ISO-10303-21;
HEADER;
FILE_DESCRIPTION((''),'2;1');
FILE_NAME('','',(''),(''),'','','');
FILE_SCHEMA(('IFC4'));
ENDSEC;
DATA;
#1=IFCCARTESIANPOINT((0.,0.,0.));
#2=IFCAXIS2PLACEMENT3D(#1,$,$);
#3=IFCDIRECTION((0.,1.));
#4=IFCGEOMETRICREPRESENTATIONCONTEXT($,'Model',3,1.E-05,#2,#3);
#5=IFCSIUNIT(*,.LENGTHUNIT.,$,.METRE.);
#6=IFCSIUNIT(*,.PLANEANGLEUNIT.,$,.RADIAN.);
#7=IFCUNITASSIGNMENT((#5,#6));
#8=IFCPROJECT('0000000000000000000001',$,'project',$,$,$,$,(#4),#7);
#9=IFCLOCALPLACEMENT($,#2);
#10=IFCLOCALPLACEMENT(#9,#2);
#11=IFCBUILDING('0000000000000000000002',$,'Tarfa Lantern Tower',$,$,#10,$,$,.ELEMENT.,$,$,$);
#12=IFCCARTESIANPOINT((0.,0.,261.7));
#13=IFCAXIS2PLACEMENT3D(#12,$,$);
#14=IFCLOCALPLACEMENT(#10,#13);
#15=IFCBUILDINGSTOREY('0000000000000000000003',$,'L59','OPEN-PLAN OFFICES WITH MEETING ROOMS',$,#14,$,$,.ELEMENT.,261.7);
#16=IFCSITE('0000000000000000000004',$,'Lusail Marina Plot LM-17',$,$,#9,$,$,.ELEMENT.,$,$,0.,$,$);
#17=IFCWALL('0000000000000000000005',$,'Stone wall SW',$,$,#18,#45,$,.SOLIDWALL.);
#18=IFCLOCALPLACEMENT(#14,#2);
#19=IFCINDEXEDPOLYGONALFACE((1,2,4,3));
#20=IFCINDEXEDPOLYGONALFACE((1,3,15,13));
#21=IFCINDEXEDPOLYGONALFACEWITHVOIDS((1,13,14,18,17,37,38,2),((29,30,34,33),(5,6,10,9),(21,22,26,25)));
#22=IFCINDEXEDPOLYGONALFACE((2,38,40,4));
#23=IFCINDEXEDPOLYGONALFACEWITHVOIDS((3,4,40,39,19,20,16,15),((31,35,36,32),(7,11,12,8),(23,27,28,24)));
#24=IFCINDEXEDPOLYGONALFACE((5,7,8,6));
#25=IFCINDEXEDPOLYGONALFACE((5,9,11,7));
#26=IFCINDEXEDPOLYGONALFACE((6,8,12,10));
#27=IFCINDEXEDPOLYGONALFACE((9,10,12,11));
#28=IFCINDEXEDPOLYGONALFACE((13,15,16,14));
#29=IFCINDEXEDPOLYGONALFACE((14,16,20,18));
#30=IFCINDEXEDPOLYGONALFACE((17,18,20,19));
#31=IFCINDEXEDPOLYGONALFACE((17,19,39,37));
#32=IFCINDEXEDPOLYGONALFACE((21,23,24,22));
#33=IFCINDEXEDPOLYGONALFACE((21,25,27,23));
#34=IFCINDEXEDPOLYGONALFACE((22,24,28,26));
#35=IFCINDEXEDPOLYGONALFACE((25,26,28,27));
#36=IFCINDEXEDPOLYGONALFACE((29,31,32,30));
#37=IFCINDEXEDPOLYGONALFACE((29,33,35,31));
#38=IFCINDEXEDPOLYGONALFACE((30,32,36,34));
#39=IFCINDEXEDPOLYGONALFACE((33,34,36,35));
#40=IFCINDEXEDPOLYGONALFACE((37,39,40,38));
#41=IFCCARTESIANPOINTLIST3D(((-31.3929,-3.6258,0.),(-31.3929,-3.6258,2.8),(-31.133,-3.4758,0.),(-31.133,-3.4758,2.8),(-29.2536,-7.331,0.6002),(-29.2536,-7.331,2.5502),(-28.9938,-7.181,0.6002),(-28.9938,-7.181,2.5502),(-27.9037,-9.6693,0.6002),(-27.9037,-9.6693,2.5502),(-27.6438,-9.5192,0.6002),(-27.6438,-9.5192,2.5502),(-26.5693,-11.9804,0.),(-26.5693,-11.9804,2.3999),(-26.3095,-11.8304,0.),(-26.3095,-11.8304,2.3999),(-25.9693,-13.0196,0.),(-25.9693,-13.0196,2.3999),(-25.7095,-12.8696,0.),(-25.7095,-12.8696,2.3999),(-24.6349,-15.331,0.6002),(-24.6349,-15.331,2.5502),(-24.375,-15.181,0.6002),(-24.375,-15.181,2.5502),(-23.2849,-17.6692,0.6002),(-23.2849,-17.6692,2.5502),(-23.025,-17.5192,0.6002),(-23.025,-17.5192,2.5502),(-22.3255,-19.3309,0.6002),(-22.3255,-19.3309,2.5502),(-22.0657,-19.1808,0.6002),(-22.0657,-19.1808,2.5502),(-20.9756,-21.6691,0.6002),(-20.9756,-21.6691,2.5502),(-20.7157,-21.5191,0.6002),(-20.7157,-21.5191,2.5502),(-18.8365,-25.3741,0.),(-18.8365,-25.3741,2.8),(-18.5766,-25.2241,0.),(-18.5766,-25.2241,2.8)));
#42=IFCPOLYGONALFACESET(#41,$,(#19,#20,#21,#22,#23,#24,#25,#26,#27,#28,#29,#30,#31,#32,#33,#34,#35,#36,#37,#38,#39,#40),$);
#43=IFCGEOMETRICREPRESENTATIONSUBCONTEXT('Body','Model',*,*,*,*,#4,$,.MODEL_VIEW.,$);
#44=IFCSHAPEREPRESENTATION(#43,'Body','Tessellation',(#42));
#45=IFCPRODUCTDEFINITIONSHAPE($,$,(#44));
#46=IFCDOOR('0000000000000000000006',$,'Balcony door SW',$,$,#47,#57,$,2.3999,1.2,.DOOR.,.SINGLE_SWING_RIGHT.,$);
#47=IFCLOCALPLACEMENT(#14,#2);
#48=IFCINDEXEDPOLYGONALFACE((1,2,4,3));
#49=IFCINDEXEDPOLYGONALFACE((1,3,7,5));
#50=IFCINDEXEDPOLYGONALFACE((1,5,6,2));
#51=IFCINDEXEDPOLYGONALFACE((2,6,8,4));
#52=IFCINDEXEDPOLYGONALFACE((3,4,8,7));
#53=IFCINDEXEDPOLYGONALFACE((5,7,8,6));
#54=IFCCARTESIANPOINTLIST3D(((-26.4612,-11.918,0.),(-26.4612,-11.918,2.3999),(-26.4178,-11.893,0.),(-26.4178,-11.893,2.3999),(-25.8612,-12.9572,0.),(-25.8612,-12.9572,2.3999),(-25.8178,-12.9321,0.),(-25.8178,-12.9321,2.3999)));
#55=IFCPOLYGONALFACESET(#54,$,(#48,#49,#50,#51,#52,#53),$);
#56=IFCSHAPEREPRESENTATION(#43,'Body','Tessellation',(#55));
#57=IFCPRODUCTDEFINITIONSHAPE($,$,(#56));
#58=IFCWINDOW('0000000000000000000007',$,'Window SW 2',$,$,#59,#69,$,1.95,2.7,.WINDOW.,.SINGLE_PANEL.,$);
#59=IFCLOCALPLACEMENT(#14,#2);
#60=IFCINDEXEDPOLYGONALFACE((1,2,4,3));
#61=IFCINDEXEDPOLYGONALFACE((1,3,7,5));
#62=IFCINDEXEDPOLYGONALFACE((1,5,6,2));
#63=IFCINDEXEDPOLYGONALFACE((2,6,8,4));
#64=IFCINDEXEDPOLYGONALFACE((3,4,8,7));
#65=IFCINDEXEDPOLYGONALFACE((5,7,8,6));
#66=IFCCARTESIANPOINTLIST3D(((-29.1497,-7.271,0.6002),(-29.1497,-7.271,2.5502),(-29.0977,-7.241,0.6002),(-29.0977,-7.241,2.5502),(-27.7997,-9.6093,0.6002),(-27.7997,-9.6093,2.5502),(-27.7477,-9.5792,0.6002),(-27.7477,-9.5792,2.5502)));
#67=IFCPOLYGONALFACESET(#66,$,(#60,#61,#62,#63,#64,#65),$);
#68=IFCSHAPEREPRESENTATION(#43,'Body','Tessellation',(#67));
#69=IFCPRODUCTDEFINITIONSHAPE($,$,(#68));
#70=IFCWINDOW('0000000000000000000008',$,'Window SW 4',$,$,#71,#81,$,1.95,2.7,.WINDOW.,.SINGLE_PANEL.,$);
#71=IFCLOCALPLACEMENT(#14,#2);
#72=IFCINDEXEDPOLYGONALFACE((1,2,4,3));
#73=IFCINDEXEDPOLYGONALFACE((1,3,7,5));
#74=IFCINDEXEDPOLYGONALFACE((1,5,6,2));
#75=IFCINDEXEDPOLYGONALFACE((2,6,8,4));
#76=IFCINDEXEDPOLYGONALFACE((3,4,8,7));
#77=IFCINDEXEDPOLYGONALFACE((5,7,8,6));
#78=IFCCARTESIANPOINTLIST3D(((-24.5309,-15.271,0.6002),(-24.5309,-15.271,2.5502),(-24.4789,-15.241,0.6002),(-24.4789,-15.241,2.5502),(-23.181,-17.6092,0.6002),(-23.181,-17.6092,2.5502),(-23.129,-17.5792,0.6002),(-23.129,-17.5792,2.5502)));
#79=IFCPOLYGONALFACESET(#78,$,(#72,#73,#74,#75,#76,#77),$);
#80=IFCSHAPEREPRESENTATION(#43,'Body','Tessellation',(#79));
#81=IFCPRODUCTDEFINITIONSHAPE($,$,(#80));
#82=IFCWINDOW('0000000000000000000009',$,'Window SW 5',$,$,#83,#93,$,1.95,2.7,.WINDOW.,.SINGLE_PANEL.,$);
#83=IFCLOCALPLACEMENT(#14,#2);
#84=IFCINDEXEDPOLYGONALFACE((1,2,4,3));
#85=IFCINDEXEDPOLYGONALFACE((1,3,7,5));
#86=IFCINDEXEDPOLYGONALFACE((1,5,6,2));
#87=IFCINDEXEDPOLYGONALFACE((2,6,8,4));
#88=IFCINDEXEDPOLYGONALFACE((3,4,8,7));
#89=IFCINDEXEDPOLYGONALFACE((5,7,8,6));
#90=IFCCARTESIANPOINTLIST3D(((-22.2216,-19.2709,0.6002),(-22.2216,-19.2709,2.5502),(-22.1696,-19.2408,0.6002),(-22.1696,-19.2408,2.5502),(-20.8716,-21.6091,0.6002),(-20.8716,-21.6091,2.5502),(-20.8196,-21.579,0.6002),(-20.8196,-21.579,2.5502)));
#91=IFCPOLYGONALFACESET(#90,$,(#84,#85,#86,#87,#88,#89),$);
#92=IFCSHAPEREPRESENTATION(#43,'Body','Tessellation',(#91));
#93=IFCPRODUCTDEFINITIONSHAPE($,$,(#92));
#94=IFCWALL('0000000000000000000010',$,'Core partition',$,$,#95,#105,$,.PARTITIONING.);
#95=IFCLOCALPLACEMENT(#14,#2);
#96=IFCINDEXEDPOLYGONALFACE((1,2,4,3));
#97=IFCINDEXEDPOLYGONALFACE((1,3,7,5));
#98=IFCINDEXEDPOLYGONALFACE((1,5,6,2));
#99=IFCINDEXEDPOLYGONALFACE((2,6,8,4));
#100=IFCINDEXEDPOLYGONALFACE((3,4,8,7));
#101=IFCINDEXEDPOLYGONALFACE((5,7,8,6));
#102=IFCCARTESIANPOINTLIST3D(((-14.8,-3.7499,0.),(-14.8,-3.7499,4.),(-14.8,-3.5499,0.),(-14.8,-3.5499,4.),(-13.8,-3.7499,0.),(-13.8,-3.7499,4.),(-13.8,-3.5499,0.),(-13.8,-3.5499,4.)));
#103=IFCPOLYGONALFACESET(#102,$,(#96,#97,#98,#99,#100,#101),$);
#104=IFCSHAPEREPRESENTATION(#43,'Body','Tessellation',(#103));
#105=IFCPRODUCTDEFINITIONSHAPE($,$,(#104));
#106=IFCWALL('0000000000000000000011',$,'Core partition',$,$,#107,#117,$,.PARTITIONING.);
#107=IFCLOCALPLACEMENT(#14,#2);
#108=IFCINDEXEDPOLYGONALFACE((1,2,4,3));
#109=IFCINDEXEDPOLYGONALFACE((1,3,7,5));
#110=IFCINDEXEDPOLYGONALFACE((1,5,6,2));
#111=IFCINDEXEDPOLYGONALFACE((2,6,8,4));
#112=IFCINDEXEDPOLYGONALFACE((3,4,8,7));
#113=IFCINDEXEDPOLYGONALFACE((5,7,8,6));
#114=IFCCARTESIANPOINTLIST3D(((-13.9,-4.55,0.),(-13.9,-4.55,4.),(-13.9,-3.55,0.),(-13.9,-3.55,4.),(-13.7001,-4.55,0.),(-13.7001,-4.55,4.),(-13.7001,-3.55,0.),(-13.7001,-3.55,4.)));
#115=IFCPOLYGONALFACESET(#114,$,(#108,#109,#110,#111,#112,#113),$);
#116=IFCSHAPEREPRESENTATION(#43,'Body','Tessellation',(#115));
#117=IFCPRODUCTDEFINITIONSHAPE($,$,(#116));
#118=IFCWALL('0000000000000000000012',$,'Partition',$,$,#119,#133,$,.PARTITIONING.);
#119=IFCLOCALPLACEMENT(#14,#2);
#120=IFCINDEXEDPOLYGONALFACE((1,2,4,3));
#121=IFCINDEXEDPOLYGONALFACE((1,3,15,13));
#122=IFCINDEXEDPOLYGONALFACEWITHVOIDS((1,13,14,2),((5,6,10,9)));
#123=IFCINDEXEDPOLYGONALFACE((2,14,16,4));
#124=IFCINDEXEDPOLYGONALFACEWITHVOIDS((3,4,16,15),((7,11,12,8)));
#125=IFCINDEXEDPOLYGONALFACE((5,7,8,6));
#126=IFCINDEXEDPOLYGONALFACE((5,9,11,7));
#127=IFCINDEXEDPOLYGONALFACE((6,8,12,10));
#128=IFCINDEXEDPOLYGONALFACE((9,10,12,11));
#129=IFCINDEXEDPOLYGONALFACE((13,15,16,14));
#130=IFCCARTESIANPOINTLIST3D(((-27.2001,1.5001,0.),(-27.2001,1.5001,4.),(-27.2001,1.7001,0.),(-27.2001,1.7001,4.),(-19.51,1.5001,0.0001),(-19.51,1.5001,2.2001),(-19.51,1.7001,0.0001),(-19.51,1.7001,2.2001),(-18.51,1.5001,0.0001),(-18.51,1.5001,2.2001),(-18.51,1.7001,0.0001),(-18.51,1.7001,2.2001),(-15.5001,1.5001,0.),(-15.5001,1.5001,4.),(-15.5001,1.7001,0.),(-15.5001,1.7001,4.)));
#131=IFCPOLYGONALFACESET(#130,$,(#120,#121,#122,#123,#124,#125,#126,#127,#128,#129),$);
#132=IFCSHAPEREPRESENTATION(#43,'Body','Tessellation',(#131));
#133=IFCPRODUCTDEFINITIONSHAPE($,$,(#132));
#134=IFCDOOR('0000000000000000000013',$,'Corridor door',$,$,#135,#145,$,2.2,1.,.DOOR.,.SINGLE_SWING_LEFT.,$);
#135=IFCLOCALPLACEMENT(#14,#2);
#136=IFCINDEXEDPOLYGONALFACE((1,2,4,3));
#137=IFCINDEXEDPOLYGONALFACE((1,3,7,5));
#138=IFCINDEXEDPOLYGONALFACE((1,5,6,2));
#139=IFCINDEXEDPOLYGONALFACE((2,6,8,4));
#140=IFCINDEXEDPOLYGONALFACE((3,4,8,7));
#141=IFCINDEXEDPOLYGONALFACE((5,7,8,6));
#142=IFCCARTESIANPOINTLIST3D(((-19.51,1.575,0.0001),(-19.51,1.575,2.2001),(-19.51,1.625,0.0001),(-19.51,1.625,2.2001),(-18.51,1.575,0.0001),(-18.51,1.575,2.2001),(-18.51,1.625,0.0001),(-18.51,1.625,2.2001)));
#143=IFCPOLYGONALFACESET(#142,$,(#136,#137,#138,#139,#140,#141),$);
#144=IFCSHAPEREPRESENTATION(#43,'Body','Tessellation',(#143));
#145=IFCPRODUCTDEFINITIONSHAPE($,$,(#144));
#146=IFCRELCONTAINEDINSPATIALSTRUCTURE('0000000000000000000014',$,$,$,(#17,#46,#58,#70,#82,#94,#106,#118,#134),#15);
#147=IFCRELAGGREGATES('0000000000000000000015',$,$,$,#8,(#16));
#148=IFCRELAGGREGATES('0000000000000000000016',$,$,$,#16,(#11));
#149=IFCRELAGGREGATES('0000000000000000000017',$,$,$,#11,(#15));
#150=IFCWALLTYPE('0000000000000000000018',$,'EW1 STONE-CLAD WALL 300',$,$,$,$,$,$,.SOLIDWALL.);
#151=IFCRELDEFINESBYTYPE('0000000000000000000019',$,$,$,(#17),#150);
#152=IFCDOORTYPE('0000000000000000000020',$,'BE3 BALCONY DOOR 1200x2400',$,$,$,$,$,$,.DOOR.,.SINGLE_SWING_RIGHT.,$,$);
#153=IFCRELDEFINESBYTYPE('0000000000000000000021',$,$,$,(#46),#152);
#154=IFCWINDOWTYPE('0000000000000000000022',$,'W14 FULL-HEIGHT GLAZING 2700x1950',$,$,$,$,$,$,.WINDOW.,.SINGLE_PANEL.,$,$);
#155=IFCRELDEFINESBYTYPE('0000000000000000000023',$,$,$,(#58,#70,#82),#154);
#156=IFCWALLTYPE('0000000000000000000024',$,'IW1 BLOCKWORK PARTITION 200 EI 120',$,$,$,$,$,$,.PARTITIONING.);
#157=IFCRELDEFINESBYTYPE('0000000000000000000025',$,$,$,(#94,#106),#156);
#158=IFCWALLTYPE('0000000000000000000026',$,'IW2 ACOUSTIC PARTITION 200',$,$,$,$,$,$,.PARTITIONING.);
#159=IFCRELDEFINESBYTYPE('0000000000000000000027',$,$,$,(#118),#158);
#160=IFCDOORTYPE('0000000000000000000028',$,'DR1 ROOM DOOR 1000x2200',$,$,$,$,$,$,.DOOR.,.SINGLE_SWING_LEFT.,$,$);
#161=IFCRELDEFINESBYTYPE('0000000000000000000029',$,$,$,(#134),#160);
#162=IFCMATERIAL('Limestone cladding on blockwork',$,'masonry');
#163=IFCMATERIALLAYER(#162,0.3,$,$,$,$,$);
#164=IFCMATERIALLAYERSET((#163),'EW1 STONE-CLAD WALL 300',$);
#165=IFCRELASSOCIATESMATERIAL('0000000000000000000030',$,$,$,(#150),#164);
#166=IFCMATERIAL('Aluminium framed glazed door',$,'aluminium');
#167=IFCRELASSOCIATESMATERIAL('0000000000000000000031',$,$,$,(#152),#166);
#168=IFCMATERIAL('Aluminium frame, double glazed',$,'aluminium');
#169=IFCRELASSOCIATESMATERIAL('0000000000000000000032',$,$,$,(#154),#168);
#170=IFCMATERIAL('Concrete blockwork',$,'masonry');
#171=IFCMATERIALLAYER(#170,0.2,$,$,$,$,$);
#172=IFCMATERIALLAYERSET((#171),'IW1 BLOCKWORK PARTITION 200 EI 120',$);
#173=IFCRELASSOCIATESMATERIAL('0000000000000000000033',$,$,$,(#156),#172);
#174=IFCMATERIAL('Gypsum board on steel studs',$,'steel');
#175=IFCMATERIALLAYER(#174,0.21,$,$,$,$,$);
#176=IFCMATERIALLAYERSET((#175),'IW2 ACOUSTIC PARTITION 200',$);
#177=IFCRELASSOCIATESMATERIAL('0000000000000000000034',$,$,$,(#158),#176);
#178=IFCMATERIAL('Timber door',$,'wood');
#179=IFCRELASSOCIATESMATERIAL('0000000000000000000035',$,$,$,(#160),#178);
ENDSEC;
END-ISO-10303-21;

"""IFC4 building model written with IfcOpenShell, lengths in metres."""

from ifc_helpers import new_model, si_unit, direction, frame, frame_2d, origin, place, context, subcontext, project, spatial, rectangle, extrude, material, layer, layer_set, type_object, element, fill, save


model = new_model("IFC4")

# Units and contexts
model_context = context("Model", 3, precision=1e-05, world=origin(), true_north=direction((0.0, 1.0)))
body_context = subcontext(model_context, "Body", "Model", "MODEL_VIEW")
ifc_project = project(units=[si_unit("LENGTHUNIT", "METRE"), si_unit("PLANEANGLEUNIT", "RADIAN")], contexts=[model_context])

# Site, building, storey
site_placement = place(None, origin())
site = spatial("IfcSite", under=ifc_project, at=site_placement, Name="Lusail Marina Plot LM-17", CompositionType="ELEMENT", RefElevation=0.0)
building_placement = place(site_placement, origin())
building = spatial("IfcBuilding", under=site, at=building_placement, Name="Tarfa Lantern Tower", CompositionType="ELEMENT")
storey_placement = place(building_placement, frame((0.0, 0.0, 261.7)))
storey = spatial("IfcBuildingStorey", under=building, at=storey_placement, Name="L59", Description="OPEN-PLAN OFFICES WITH MEETING ROOMS", CompositionType="ELEMENT", Elevation=261.7)

# Wall, openings, door, windows
ifc_material_1 = material(Name="Limestone cladding on blockwork", Category="masonry")
ifc_layer_1 = layer(ifc_material_1, 0.3)
ifc_layer_set_1 = layer_set([ifc_layer_1], Name="EW1 STONE-CLAD WALL 300")
wall_type_1 = type_object("IfcWallType", Name="EW1 STONE-CLAD WALL 300", PredefinedType="SOLIDWALL", material=ifc_layer_set_1)
wall_1_placement = place(storey_placement, frame((-31.2629, -3.5508, 0.0), z_axis=(0.0, 0.0, 1.0), x_axis=(0.5, -0.866025, 0.0)))
wall_1 = element("IfcWall", 1, at=wall_1_placement, inside=storey, type_object=wall_type_1, Name="Stone wall SW", PredefinedType="SOLIDWALL", context=body_context, shape_type="SweptSolid", body=[
    extrude(rectangle(XDim=25.1128, YDim=0.3, at=frame_2d((12.5564, 0.0))), origin(), (0.0, 0.0, 1.0), 2.8),
])
opening_1_placement = place(wall_1_placement, frame((4.2783, 0.0, 0.6001)))
opening_1 = element("IfcOpeningElement", 2, at=opening_1_placement, cuts=wall_1, PredefinedType="OPENING", context=body_context, shape_type="SweptSolid", body=[
    extrude(rectangle(XDim=2.7, YDim=1.95, at=frame_2d((1.3501, 0.9751))), frame((0.0, 0.1599, 0.0), z_axis=(0.0, -1.0, 0.0), x_axis=(1.0, 0.0, 0.0)), (0.0, 0.0, 1.0), 0.3201),
])
opening_2_placement = place(wall_1_placement, frame((9.647, 0.0, 0.0)))
opening_2 = element("IfcOpeningElement", 3, at=opening_2_placement, cuts=wall_1, PredefinedType="OPENING", context=body_context, shape_type="SweptSolid", body=[
    extrude(rectangle(XDim=1.2, YDim=2.3999, at=frame_2d((0.6001, 1.2))), frame((0.0, 0.1599, 0.0), z_axis=(0.0, -1.0, 0.0), x_axis=(1.0, 0.0, 0.0)), (0.0, 0.0, 1.0), 0.3201),
])
opening_3_placement = place(wall_1_placement, frame((13.5159, 0.0, 0.6001)))
opening_3 = element("IfcOpeningElement", 4, at=opening_3_placement, cuts=wall_1, PredefinedType="OPENING", context=body_context, shape_type="SweptSolid", body=[
    extrude(rectangle(XDim=2.7, YDim=1.95, at=frame_2d((1.3501, 0.9751))), frame((0.0, 0.1599, 0.0), z_axis=(0.0, -1.0, 0.0), x_axis=(1.0, 0.0, 0.0)), (0.0, 0.0, 1.0), 0.3201),
])
opening_4_placement = place(wall_1_placement, frame((18.1345, 0.0, 0.6001)))
opening_4 = element("IfcOpeningElement", 5, at=opening_4_placement, cuts=wall_1, PredefinedType="OPENING", context=body_context, shape_type="SweptSolid", body=[
    extrude(rectangle(XDim=2.7, YDim=1.95, at=frame_2d((1.3501, 0.9751))), frame((0.0, 0.1599, 0.0), z_axis=(0.0, -1.0, 0.0), x_axis=(1.0, 0.0, 0.0)), (0.0, 0.0, 1.0), 0.3201),
])
ifc_material_2 = material(Name="Aluminium framed glazed door", Category="aluminium")
door_type_1 = type_object("IfcDoorType", Name="BE3 BALCONY DOOR 1200x2400", OperationType="SINGLE_SWING_RIGHT", PredefinedType="DOOR", material=ifc_material_2)
door_1_placement = place(opening_2_placement, origin())
door_1 = element("IfcDoor", 6, at=door_1_placement, inside=storey, type_object=door_type_1, Name="Balcony door SW", OperationType="SINGLE_SWING_RIGHT", OverallHeight=2.3999, OverallWidth=1.2, PredefinedType="DOOR", context=body_context, shape_type="SweptSolid", body=[
    extrude(rectangle(XDim=1.2, YDim=2.3999, at=frame_2d((0.6001, 1.2))), frame((0.0, 0.0249, 0.0), z_axis=(0.0, -1.0, 0.0), x_axis=(1.0, 0.0, 0.0)), (0.0, 0.0, 1.0), 0.05),
])
fill(opening_2, door_1)
ifc_material_3 = material(Name="Aluminium frame, double glazed", Category="aluminium")
window_type = type_object("IfcWindowType", Name="W14 FULL-HEIGHT GLAZING 2700x1950", PartitioningType="SINGLE_PANEL", PredefinedType="WINDOW", material=ifc_material_3)
window_1_placement = place(opening_1_placement, origin())
window_1 = element("IfcWindow", 7, at=window_1_placement, inside=storey, type_object=window_type, Name="Window SW 2", OverallHeight=1.95, OverallWidth=2.7, PartitioningType="SINGLE_PANEL", PredefinedType="WINDOW", context=body_context, shape_type="SweptSolid", body=[
    extrude(rectangle(XDim=2.7, YDim=1.95, at=frame_2d((1.3501, 0.9751))), frame((0.0, 0.03, 0.0), z_axis=(0.0, -1.0, 0.0), x_axis=(1.0, 0.0, 0.0)), (0.0, 0.0, 1.0), 0.0601),
])
fill(opening_1, window_1)
window_2_placement = place(opening_3_placement, origin())
window_2 = element("IfcWindow", 8, at=window_2_placement, inside=storey, type_object=window_type, Name="Window SW 4", OverallHeight=1.95, OverallWidth=2.7, PartitioningType="SINGLE_PANEL", PredefinedType="WINDOW", context=body_context, shape_type="SweptSolid", body=[
    extrude(rectangle(XDim=2.7, YDim=1.95, at=frame_2d((1.3501, 0.9751))), frame((0.0, 0.03, 0.0), z_axis=(0.0, -1.0, 0.0), x_axis=(1.0, 0.0, 0.0)), (0.0, 0.0, 1.0), 0.0601),
])
fill(opening_3, window_2)
window_3_placement = place(opening_4_placement, origin())
window_3 = element("IfcWindow", 9, at=window_3_placement, inside=storey, type_object=window_type, Name="Window SW 5", OverallHeight=1.95, OverallWidth=2.7, PartitioningType="SINGLE_PANEL", PredefinedType="WINDOW", context=body_context, shape_type="SweptSolid", body=[
    extrude(rectangle(XDim=2.7, YDim=1.95, at=frame_2d((1.3501, 0.9751))), frame((0.0, 0.03, 0.0), z_axis=(0.0, -1.0, 0.0), x_axis=(1.0, 0.0, 0.0)), (0.0, 0.0, 1.0), 0.0601),
])
fill(opening_4, window_3)

# Walls
ifc_material_4 = material(Name="Concrete blockwork", Category="masonry")
ifc_layer_2 = layer(ifc_material_4, 0.2)
ifc_layer_set_2 = layer_set([ifc_layer_2], Name="IW1 BLOCKWORK PARTITION 200 EI 120")
wall_type_2 = type_object("IfcWallType", Name="IW1 BLOCKWORK PARTITION 200 EI 120", PredefinedType="PARTITIONING", material=ifc_layer_set_2)
for number, where, z_axis, x_axis, name in (
    (10, (-13.8, -3.6499, 0.0), (0.0, 0.0, 1.0), (-1.0, 0.0, 0.0), "Core partition"),
    (11, (-13.8, -3.55, 0.0), (0.0, 0.0, 1.0), (0.0, -1.0, 0.0), "Core partition"),
):
    element("IfcWall", number, at=place(storey_placement, frame(where, z_axis=z_axis, x_axis=x_axis)), inside=storey, type_object=wall_type_2, Name=name, PredefinedType="PARTITIONING", context=body_context, shape_type="SweptSolid", body=[
        extrude(rectangle(XDim=1.0, YDim=0.2, at=frame_2d((0.5, 0.0))), origin(), (0.0, 0.0, 1.0), 4.0),
    ])

# Wall, opening, door
ifc_material_5 = material(Name="Gypsum board on steel studs", Category="steel")
ifc_layer_3 = layer(ifc_material_5, 0.21)
ifc_layer_set_3 = layer_set([ifc_layer_3], Name="IW2 ACOUSTIC PARTITION 200")
wall_type_3 = type_object("IfcWallType", Name="IW2 ACOUSTIC PARTITION 200", PredefinedType="PARTITIONING", material=ifc_layer_set_3)
wall_2_placement = place(storey_placement, frame((-15.5, 1.6001, 0.0), z_axis=(0.0, 0.0, 1.0), x_axis=(-1.0, 0.0, 0.0)))
wall_2 = element("IfcWall", 12, at=wall_2_placement, inside=storey, type_object=wall_type_3, Name="Partition", PredefinedType="PARTITIONING", context=body_context, shape_type="SweptSolid", body=[
    extrude(rectangle(XDim=11.7, YDim=0.2, at=frame_2d((5.8501, 0.0))), origin(), (0.0, 0.0, 1.0), 4.0),
])
opening_5_placement = place(wall_2_placement, frame((3.01, 0.0, 0.0)))
opening_5 = element("IfcOpeningElement", 13, at=opening_5_placement, cuts=wall_2, PredefinedType="OPENING", context=body_context, shape_type="SweptSolid", body=[
    extrude(rectangle(XDim=1.0, YDim=2.2, at=frame_2d((0.5, 1.1001))), frame((0.0, 0.1099, 0.0), z_axis=(0.0, -1.0, 0.0), x_axis=(1.0, 0.0, 0.0)), (0.0, 0.0, 1.0), 0.22),
])
ifc_material_6 = material(Name="Timber door", Category="wood")
door_type_2 = type_object("IfcDoorType", Name="DR1 ROOM DOOR 1000x2200", OperationType="SINGLE_SWING_LEFT", PredefinedType="DOOR", material=ifc_material_6)
door_2_placement = place(opening_5_placement, frame((1.0, 0.0, 0.0), z_axis=(0.0, 0.0, 1.0), x_axis=(-1.0, 0.0, 0.0)))
door_2 = element("IfcDoor", 14, at=door_2_placement, inside=storey, type_object=door_type_2, Name="Corridor door", OperationType="SINGLE_SWING_LEFT", OverallHeight=2.2, OverallWidth=1.0, PredefinedType="DOOR", context=body_context, shape_type="SweptSolid", body=[
    extrude(rectangle(XDim=1.0, YDim=2.2, at=frame_2d((0.5, 1.1001))), frame((0.0, 0.0249, 0.0), z_axis=(0.0, -1.0, 0.0), x_axis=(1.0, 0.0, 0.0)), (0.0, 0.0, 1.0), 0.05),
])
fill(opening_5, door_2)

save(model, "model.ifc")
